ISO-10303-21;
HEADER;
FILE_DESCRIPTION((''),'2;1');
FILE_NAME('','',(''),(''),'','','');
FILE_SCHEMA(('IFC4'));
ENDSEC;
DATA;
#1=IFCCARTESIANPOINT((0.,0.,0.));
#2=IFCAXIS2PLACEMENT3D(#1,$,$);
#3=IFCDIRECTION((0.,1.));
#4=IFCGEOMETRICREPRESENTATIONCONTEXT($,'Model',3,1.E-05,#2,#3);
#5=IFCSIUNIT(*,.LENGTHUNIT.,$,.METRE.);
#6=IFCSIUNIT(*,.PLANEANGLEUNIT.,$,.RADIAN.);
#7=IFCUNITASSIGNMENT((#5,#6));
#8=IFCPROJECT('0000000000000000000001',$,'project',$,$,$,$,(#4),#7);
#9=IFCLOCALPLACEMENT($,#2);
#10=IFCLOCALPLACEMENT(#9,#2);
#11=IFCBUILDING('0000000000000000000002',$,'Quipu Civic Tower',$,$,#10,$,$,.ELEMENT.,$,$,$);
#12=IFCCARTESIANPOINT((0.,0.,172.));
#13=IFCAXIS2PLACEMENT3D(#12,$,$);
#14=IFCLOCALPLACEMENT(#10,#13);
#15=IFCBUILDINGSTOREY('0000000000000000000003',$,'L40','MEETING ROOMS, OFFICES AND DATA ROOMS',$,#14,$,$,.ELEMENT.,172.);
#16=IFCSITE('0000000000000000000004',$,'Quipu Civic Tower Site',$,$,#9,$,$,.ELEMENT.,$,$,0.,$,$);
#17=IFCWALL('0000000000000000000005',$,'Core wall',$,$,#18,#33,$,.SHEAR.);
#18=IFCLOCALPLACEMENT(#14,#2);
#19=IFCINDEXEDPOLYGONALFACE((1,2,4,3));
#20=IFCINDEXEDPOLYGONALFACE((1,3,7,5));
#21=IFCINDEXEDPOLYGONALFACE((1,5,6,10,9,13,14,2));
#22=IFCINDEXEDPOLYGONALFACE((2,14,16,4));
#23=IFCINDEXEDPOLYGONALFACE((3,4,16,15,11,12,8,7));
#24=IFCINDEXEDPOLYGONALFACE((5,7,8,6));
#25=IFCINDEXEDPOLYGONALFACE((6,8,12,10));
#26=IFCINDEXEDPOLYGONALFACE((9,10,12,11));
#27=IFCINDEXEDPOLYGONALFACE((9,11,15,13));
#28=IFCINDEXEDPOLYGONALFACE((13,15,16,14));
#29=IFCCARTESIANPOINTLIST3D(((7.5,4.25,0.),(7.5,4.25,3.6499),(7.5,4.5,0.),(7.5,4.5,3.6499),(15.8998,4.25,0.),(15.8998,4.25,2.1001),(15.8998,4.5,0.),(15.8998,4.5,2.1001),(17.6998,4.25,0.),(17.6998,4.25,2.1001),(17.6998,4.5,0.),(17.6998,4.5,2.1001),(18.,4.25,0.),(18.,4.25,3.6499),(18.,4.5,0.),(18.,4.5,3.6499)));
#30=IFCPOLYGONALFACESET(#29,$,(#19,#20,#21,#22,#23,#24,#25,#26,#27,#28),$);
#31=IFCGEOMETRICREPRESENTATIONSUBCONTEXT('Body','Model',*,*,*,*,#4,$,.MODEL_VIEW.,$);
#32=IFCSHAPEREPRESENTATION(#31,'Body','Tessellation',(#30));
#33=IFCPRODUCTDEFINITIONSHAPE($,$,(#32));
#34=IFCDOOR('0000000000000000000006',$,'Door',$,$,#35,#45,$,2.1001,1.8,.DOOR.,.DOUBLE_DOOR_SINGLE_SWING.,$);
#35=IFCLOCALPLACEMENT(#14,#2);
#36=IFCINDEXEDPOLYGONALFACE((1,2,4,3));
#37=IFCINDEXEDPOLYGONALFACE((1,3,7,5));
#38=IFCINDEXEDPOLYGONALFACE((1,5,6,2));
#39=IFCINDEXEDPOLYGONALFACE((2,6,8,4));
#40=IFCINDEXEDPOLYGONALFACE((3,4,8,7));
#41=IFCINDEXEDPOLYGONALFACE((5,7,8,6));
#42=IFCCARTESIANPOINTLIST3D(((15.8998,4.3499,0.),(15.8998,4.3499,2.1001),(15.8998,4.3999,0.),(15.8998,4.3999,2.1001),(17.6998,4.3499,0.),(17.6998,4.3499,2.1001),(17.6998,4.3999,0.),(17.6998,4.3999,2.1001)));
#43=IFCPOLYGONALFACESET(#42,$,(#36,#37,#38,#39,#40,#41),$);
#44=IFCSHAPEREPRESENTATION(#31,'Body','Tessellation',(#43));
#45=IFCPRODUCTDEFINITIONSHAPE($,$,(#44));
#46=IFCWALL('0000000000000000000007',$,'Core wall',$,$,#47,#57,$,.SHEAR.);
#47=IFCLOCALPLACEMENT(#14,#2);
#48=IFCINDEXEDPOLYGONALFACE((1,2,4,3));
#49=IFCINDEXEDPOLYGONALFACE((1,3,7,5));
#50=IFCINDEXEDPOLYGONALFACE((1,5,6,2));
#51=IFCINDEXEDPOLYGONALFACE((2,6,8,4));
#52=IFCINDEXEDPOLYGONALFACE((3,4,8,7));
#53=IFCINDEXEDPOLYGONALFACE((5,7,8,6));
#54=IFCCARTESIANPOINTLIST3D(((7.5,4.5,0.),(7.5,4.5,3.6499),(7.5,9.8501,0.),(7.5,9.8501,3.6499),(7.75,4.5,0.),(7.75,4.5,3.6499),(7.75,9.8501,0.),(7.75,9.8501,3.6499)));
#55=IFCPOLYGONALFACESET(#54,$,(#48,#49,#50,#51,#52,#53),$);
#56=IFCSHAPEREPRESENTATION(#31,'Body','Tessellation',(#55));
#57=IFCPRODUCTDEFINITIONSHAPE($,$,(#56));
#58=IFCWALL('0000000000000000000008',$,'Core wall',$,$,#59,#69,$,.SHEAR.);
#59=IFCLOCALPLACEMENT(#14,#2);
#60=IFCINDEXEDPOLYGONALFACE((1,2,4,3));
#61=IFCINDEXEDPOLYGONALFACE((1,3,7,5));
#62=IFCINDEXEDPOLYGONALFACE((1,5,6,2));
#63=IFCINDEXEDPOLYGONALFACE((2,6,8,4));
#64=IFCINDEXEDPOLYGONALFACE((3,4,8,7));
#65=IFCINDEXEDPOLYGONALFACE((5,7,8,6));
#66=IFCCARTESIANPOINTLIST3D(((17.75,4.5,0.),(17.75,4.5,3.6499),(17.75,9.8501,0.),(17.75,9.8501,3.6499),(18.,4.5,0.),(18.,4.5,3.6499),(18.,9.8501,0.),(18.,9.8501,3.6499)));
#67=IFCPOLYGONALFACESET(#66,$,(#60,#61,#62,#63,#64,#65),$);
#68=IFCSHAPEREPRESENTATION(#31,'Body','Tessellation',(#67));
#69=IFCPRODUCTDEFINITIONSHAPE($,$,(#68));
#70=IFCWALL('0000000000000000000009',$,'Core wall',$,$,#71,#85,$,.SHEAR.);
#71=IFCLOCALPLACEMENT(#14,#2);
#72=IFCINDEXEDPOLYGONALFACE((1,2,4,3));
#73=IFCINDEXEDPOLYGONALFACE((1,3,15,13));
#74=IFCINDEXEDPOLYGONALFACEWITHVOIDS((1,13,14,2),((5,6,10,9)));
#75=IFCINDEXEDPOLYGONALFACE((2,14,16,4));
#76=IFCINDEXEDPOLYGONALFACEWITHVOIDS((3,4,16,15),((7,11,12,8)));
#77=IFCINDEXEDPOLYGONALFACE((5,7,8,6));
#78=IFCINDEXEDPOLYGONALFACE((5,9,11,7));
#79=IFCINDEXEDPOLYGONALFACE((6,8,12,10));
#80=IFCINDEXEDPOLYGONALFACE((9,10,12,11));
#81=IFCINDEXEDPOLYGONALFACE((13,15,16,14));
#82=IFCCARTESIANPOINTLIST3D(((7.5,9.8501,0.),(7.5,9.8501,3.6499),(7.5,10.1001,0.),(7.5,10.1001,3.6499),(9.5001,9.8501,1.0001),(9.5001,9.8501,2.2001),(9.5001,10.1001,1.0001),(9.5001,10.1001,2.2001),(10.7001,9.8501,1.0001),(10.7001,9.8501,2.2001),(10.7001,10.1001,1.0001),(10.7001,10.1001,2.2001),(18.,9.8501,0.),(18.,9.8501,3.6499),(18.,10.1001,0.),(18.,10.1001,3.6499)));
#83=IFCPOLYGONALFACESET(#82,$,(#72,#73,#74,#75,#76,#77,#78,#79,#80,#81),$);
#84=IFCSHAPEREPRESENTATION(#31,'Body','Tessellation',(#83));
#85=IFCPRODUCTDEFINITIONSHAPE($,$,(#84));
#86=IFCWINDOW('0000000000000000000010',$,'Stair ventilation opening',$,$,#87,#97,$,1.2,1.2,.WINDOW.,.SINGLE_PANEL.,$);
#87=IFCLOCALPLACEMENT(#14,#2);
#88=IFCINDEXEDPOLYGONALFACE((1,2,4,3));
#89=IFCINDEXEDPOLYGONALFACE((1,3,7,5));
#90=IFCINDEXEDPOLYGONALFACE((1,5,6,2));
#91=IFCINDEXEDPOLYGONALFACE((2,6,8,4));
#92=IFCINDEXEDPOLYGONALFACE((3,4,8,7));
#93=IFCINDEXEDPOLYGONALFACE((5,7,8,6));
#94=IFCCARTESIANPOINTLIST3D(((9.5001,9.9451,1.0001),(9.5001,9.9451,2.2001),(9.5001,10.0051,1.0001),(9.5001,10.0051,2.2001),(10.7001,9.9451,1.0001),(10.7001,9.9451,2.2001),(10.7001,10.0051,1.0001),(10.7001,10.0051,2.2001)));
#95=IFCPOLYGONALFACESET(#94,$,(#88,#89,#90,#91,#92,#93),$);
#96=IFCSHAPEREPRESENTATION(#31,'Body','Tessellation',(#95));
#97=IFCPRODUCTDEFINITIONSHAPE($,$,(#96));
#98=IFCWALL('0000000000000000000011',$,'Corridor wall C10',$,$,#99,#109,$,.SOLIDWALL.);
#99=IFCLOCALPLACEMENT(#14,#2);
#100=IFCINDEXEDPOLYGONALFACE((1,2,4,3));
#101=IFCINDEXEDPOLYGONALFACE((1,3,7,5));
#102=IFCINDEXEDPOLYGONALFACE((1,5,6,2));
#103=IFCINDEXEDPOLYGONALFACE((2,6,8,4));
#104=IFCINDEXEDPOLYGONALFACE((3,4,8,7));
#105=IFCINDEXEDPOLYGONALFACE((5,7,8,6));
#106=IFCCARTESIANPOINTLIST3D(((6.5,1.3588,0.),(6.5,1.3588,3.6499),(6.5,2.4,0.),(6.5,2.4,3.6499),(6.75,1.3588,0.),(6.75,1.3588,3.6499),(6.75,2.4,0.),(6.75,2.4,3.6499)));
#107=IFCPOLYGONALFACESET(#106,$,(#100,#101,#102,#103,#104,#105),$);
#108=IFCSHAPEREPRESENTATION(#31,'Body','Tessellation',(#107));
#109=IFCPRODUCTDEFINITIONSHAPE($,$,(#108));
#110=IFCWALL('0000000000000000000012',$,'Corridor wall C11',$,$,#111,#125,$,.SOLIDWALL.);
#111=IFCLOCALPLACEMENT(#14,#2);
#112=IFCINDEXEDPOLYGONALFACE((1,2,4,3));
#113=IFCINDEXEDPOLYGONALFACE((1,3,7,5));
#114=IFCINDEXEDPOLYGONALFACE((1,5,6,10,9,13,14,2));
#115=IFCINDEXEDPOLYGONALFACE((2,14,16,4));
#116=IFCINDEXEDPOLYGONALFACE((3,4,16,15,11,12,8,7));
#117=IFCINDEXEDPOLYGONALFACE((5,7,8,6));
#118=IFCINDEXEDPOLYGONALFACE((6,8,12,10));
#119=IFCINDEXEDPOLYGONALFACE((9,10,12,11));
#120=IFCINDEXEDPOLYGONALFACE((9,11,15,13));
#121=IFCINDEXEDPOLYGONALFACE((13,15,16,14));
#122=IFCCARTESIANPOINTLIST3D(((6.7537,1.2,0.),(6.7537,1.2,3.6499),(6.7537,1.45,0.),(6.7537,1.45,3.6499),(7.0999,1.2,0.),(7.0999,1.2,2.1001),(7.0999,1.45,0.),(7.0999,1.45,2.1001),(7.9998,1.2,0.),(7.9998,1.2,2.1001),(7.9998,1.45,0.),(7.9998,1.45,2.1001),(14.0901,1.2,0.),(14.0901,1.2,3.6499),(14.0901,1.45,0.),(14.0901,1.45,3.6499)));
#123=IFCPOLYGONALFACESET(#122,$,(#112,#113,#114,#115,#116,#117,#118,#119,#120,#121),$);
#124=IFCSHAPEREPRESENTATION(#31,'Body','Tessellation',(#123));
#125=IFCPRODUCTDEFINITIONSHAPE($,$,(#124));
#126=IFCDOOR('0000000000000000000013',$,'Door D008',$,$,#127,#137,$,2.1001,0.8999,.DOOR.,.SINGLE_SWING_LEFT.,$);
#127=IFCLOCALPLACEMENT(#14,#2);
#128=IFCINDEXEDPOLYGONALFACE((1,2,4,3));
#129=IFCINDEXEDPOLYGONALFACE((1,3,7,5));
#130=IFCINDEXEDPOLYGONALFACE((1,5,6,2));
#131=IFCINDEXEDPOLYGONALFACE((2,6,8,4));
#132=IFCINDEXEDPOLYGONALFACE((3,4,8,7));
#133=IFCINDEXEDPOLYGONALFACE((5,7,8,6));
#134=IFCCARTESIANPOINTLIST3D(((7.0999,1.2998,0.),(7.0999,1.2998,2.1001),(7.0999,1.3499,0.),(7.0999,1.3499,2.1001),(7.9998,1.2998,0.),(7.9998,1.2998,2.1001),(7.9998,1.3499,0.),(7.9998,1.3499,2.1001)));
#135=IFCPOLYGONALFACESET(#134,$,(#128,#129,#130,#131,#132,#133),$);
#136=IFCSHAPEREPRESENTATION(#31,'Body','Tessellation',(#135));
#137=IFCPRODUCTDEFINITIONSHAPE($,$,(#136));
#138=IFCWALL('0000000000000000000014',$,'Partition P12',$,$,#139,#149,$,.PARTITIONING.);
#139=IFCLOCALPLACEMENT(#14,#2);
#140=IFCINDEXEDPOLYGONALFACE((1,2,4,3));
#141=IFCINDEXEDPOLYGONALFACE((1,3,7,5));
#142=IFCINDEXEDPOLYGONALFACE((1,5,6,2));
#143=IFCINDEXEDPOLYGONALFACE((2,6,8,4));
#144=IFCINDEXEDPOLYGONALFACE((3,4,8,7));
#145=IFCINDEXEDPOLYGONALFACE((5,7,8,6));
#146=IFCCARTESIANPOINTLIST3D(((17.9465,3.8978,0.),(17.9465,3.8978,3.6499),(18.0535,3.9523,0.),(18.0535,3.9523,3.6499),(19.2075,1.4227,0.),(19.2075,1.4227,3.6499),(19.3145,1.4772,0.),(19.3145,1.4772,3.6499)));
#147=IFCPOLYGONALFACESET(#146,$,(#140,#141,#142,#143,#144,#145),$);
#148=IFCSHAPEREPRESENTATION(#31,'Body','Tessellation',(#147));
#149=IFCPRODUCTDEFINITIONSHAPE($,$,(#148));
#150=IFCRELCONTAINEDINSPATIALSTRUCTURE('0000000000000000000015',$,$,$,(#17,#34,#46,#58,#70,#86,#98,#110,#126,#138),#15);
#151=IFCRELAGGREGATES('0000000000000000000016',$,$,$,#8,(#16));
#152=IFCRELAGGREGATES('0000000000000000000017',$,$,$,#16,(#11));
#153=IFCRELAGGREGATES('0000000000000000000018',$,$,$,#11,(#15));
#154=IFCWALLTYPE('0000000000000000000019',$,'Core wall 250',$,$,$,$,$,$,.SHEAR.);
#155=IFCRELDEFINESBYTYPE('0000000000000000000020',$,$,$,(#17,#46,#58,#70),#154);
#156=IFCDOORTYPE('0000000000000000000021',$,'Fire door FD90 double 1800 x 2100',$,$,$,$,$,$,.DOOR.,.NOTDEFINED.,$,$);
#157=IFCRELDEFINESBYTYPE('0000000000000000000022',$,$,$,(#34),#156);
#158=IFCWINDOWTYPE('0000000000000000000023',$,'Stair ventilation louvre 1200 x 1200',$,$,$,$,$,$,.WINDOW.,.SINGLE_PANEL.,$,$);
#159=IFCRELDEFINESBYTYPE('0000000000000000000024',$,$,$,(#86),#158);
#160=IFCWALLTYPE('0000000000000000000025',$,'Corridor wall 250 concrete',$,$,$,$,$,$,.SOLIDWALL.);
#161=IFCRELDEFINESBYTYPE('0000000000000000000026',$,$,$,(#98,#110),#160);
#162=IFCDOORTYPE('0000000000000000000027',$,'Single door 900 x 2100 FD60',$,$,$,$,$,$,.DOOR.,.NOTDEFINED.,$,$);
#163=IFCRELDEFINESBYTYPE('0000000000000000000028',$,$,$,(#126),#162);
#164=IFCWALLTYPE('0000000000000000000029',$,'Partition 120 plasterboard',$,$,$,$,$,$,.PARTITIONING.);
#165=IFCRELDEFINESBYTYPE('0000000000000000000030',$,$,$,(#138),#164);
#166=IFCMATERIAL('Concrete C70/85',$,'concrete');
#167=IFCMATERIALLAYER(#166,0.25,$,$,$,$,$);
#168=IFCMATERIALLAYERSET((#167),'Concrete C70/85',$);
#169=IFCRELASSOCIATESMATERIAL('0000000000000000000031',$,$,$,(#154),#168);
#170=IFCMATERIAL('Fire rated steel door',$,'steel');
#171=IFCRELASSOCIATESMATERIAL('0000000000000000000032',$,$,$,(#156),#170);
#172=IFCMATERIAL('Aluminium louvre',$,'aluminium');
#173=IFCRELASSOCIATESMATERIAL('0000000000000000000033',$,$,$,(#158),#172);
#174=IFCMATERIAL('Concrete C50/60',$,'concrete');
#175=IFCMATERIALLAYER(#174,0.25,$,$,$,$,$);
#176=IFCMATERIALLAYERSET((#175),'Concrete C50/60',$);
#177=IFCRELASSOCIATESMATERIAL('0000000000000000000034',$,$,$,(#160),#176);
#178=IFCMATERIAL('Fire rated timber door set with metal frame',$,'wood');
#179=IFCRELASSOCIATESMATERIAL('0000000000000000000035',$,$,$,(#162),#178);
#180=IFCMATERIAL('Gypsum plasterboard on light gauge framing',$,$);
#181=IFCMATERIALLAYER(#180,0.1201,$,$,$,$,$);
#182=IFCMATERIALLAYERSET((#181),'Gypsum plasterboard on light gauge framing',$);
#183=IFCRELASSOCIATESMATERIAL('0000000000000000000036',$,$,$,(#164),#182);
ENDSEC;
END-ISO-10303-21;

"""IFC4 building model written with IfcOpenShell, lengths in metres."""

from ifc_helpers import new_model, si_unit, direction, frame, frame_2d, origin, place, context, subcontext, project, spatial, rectangle, extrude, material, layer, layer_set, type_object, element, fill, save


model = new_model("IFC4")

# Units and contexts
model_context = context("Model", 3, precision=1e-05, world=origin(), true_north=direction((0.0, 1.0)))
body_context = subcontext(model_context, "Body", "Model", "MODEL_VIEW")
ifc_project = project(units=[si_unit("LENGTHUNIT", "METRE"), si_unit("PLANEANGLEUNIT", "RADIAN")], contexts=[model_context])

# Site, building, storey
site_placement = place(None, origin())
site = spatial("IfcSite", under=ifc_project, at=site_placement, Name="Quipu Civic Tower Site", CompositionType="ELEMENT", RefElevation=0.0)
building_placement = place(site_placement, origin())
building = spatial("IfcBuilding", under=site, at=building_placement, Name="Quipu Civic Tower", CompositionType="ELEMENT")
storey_placement = place(building_placement, frame((0.0, 0.0, 172.0)))
storey = spatial("IfcBuildingStorey", under=building, at=storey_placement, Name="L40", Description="MEETING ROOMS, OFFICES AND DATA ROOMS", CompositionType="ELEMENT", Elevation=172.0)

# Shared definitions
ifc_material_1 = material(Name="Concrete C70/85", Category="concrete")
ifc_layer_1 = layer(ifc_material_1, 0.25)
ifc_layer_set_1 = layer_set([ifc_layer_1], Name="Concrete C70/85")
wall_type_1 = type_object("IfcWallType", Name="Core wall 250", PredefinedType="SHEAR", material=ifc_layer_set_1)
ifc_material_2 = material(Name="Fire rated steel door", Category="steel")
door_type_1 = type_object("IfcDoorType", Name="Fire door FD90 double 1800 x 2100", OperationType="NOTDEFINED", PredefinedType="DOOR", material=ifc_material_2)

# Wall, opening, door
wall_1_placement = place(storey_placement, frame((7.5, 4.375, 0.0), z_axis=(0.0, 0.0, 1.0), x_axis=(1.0, 0.0, 0.0)))
wall_1 = element("IfcWall", 1, at=wall_1_placement, inside=storey, type_object=wall_type_1, Name="Core wall", PredefinedType="SHEAR", context=body_context, shape_type="SweptSolid", body=[
    extrude(rectangle(XDim=10.5, YDim=0.25, at=frame_2d((5.25, 0.0))), origin(), (0.0, 0.0, 1.0), 3.6499),
])
opening_1_placement = place(wall_1_placement, frame((8.3999, 0.0, 0.0)))
opening_1 = element("IfcOpeningElement", 2, at=opening_1_placement, cuts=wall_1, PredefinedType="OPENING", context=body_context, shape_type="SweptSolid", body=[
    extrude(rectangle(XDim=1.8, YDim=2.1001, at=frame_2d((0.8999, 1.05))), frame((0.0, 0.135, 0.0), z_axis=(0.0, -1.0, 0.0), x_axis=(1.0, 0.0, 0.0)), (0.0, 0.0, 1.0), 0.27),
])
door_1_placement = place(opening_1_placement, origin())
door_1 = element("IfcDoor", 3, at=door_1_placement, inside=storey, type_object=door_type_1, Name="Door", OperationType="DOUBLE_DOOR_SINGLE_SWING", OverallHeight=2.1001, OverallWidth=1.8, PredefinedType="DOOR", context=body_context, shape_type="SweptSolid", body=[
    extrude(rectangle(XDim=1.8, YDim=2.1001, at=frame_2d((0.8999, 1.05))), frame((0.0, 0.0249, 0.0), z_axis=(0.0, -1.0, 0.0), x_axis=(1.0, 0.0, 0.0)), (0.0, 0.0, 1.0), 0.05),
])
fill(opening_1, door_1)

# Walls
for number, where, z_axis, x_axis, name in (
    (4, (7.625, 4.5, 0.0), (0.0, 0.0, 1.0), (0.0, 1.0, 0.0), "Core wall"),
    (5, (17.875, 4.5, 0.0), (0.0, 0.0, 1.0), (0.0, 1.0, 0.0), "Core wall"),
):
    element("IfcWall", number, at=place(storey_placement, frame(where, z_axis=z_axis, x_axis=x_axis)), inside=storey, type_object=wall_type_1, Name=name, PredefinedType="SHEAR", context=body_context, shape_type="SweptSolid", body=[
        extrude(rectangle(XDim=5.3501, YDim=0.25, at=frame_2d((2.675, 0.0))), origin(), (0.0, 0.0, 1.0), 3.6499),
    ])

# Wall, opening, window
wall_2_placement = place(storey_placement, frame((7.5, 9.9751, 0.0), z_axis=(0.0, 0.0, 1.0), x_axis=(1.0, 0.0, 0.0)))
wall_2 = element("IfcWall", 6, at=wall_2_placement, inside=storey, type_object=wall_type_1, Name="Core wall", PredefinedType="SHEAR", context=body_context, shape_type="SweptSolid", body=[
    extrude(rectangle(XDim=10.5, YDim=0.25, at=frame_2d((5.25, 0.0))), origin(), (0.0, 0.0, 1.0), 3.6499),
])
opening_2_placement = place(wall_2_placement, frame((2.0, 0.0, 1.0)))
opening_2 = element("IfcOpeningElement", 7, at=opening_2_placement, cuts=wall_2, PredefinedType="OPENING", context=body_context, shape_type="SweptSolid", body=[
    extrude(rectangle(XDim=1.2, YDim=1.2, at=frame_2d((0.6001, 0.6001))), frame((0.0, 0.135, 0.0), z_axis=(0.0, -1.0, 0.0), x_axis=(1.0, 0.0, 0.0)), (0.0, 0.0, 1.0), 0.27),
])
ifc_material_3 = material(Name="Aluminium louvre", Category="aluminium")
window_type = type_object("IfcWindowType", Name="Stair ventilation louvre 1200 x 1200", PartitioningType="SINGLE_PANEL", PredefinedType="WINDOW", material=ifc_material_3)
window_placement = place(opening_2_placement, origin())
window = element("IfcWindow", 8, at=window_placement, inside=storey, type_object=window_type, Name="Stair ventilation opening", OverallHeight=1.2, OverallWidth=1.2, PartitioningType="SINGLE_PANEL", PredefinedType="WINDOW", context=body_context, shape_type="SweptSolid", body=[
    extrude(rectangle(XDim=1.2, YDim=1.2, at=frame_2d((0.6001, 0.6001))), frame((0.0, 0.03, 0.0), z_axis=(0.0, -1.0, 0.0), x_axis=(1.0, 0.0, 0.0)), (0.0, 0.0, 1.0), 0.0601),
])
fill(opening_2, window)

# Wall
ifc_material_4 = material(Name="Concrete C50/60", Category="concrete")
ifc_layer_2 = layer(ifc_material_4, 0.25)
ifc_layer_set_2 = layer_set([ifc_layer_2], Name="Concrete C50/60")
wall_type_2 = type_object("IfcWallType", Name="Corridor wall 250 concrete", PredefinedType="SOLIDWALL", material=ifc_layer_set_2)
wall_3_placement = place(storey_placement, frame((6.625, 2.3999, 0.0), z_axis=(0.0, 0.0, 1.0), x_axis=(0.0, -1.0, 0.0)))
element("IfcWall", 9, at=wall_3_placement, inside=storey, type_object=wall_type_2, Name="Corridor wall C10", PredefinedType="SOLIDWALL", context=body_context, shape_type="SweptSolid", body=[
    extrude(rectangle(XDim=1.0413, YDim=0.25, at=frame_2d((0.5205, 0.0))), origin(), (0.0, 0.0, 1.0), 3.6499),
])

# Wall, opening, door
wall_4_placement = place(storey_placement, frame((6.7537, 1.325, 0.0), z_axis=(0.0, 0.0, 1.0), x_axis=(1.0, 0.0, 0.0)))
wall_4 = element("IfcWall", 10, at=wall_4_placement, inside=storey, type_object=wall_type_2, Name="Corridor wall C11", PredefinedType="SOLIDWALL", context=body_context, shape_type="SweptSolid", body=[
    extrude(rectangle(XDim=7.3364, YDim=0.25, at=frame_2d((3.6682, 0.0))), origin(), (0.0, 0.0, 1.0), 3.6499),
])
opening_3_placement = place(wall_4_placement, frame((0.3462, 0.0, 0.0)))
opening_3 = element("IfcOpeningElement", 11, at=opening_3_placement, cuts=wall_4, PredefinedType="OPENING", context=body_context, shape_type="SweptSolid", body=[
    extrude(rectangle(XDim=0.8999, YDim=2.1001, at=frame_2d((0.45, 1.05))), frame((0.0, 0.135, 0.0), z_axis=(0.0, -1.0, 0.0), x_axis=(1.0, 0.0, 0.0)), (0.0, 0.0, 1.0), 0.27),
])
ifc_material_5 = material(Name="Fire rated timber door set with metal frame", Category="wood")
door_type_2 = type_object("IfcDoorType", Name="Single door 900 x 2100 FD60", OperationType="NOTDEFINED", PredefinedType="DOOR", material=ifc_material_5)
door_2_placement = place(opening_3_placement, origin())
door_2 = element("IfcDoor", 12, at=door_2_placement, inside=storey, type_object=door_type_2, Name="Door D008", OperationType="SINGLE_SWING_LEFT", OverallHeight=2.1001, OverallWidth=0.8999, PredefinedType="DOOR", context=body_context, shape_type="SweptSolid", body=[
    extrude(rectangle(XDim=0.8999, YDim=2.1001, at=frame_2d((0.45, 1.05))), frame((0.0, 0.0249, 0.0), z_axis=(0.0, -1.0, 0.0), x_axis=(1.0, 0.0, 0.0)), (0.0, 0.0, 1.0), 0.05),
])
fill(opening_3, door_2)

# Wall
ifc_material_6 = material(Name="Gypsum plasterboard on light gauge framing")
ifc_layer_3 = layer(ifc_material_6, 0.1201)
ifc_layer_set_3 = layer_set([ifc_layer_3], Name="Gypsum plasterboard on light gauge framing")
wall_type_3 = type_object("IfcWallType", Name="Partition 120 plasterboard", PredefinedType="PARTITIONING", material=ifc_layer_set_3)
wall_5_placement = place(storey_placement, frame((18.0, 3.925, 0.0), z_axis=(0.0, 0.0, 1.0), x_axis=(0.453951, -0.891027, 0.0)))
element("IfcWall", 13, at=wall_5_placement, inside=storey, type_object=wall_type_3, Name="Partition P12", PredefinedType="PARTITIONING", context=body_context, shape_type="SweptSolid", body=[
    extrude(rectangle(XDim=2.7778, YDim=0.1201, at=frame_2d((1.3889, 0.0))), origin(), (0.0, 0.0, 1.0), 3.6499),
])

save(model, "model.ifc")
